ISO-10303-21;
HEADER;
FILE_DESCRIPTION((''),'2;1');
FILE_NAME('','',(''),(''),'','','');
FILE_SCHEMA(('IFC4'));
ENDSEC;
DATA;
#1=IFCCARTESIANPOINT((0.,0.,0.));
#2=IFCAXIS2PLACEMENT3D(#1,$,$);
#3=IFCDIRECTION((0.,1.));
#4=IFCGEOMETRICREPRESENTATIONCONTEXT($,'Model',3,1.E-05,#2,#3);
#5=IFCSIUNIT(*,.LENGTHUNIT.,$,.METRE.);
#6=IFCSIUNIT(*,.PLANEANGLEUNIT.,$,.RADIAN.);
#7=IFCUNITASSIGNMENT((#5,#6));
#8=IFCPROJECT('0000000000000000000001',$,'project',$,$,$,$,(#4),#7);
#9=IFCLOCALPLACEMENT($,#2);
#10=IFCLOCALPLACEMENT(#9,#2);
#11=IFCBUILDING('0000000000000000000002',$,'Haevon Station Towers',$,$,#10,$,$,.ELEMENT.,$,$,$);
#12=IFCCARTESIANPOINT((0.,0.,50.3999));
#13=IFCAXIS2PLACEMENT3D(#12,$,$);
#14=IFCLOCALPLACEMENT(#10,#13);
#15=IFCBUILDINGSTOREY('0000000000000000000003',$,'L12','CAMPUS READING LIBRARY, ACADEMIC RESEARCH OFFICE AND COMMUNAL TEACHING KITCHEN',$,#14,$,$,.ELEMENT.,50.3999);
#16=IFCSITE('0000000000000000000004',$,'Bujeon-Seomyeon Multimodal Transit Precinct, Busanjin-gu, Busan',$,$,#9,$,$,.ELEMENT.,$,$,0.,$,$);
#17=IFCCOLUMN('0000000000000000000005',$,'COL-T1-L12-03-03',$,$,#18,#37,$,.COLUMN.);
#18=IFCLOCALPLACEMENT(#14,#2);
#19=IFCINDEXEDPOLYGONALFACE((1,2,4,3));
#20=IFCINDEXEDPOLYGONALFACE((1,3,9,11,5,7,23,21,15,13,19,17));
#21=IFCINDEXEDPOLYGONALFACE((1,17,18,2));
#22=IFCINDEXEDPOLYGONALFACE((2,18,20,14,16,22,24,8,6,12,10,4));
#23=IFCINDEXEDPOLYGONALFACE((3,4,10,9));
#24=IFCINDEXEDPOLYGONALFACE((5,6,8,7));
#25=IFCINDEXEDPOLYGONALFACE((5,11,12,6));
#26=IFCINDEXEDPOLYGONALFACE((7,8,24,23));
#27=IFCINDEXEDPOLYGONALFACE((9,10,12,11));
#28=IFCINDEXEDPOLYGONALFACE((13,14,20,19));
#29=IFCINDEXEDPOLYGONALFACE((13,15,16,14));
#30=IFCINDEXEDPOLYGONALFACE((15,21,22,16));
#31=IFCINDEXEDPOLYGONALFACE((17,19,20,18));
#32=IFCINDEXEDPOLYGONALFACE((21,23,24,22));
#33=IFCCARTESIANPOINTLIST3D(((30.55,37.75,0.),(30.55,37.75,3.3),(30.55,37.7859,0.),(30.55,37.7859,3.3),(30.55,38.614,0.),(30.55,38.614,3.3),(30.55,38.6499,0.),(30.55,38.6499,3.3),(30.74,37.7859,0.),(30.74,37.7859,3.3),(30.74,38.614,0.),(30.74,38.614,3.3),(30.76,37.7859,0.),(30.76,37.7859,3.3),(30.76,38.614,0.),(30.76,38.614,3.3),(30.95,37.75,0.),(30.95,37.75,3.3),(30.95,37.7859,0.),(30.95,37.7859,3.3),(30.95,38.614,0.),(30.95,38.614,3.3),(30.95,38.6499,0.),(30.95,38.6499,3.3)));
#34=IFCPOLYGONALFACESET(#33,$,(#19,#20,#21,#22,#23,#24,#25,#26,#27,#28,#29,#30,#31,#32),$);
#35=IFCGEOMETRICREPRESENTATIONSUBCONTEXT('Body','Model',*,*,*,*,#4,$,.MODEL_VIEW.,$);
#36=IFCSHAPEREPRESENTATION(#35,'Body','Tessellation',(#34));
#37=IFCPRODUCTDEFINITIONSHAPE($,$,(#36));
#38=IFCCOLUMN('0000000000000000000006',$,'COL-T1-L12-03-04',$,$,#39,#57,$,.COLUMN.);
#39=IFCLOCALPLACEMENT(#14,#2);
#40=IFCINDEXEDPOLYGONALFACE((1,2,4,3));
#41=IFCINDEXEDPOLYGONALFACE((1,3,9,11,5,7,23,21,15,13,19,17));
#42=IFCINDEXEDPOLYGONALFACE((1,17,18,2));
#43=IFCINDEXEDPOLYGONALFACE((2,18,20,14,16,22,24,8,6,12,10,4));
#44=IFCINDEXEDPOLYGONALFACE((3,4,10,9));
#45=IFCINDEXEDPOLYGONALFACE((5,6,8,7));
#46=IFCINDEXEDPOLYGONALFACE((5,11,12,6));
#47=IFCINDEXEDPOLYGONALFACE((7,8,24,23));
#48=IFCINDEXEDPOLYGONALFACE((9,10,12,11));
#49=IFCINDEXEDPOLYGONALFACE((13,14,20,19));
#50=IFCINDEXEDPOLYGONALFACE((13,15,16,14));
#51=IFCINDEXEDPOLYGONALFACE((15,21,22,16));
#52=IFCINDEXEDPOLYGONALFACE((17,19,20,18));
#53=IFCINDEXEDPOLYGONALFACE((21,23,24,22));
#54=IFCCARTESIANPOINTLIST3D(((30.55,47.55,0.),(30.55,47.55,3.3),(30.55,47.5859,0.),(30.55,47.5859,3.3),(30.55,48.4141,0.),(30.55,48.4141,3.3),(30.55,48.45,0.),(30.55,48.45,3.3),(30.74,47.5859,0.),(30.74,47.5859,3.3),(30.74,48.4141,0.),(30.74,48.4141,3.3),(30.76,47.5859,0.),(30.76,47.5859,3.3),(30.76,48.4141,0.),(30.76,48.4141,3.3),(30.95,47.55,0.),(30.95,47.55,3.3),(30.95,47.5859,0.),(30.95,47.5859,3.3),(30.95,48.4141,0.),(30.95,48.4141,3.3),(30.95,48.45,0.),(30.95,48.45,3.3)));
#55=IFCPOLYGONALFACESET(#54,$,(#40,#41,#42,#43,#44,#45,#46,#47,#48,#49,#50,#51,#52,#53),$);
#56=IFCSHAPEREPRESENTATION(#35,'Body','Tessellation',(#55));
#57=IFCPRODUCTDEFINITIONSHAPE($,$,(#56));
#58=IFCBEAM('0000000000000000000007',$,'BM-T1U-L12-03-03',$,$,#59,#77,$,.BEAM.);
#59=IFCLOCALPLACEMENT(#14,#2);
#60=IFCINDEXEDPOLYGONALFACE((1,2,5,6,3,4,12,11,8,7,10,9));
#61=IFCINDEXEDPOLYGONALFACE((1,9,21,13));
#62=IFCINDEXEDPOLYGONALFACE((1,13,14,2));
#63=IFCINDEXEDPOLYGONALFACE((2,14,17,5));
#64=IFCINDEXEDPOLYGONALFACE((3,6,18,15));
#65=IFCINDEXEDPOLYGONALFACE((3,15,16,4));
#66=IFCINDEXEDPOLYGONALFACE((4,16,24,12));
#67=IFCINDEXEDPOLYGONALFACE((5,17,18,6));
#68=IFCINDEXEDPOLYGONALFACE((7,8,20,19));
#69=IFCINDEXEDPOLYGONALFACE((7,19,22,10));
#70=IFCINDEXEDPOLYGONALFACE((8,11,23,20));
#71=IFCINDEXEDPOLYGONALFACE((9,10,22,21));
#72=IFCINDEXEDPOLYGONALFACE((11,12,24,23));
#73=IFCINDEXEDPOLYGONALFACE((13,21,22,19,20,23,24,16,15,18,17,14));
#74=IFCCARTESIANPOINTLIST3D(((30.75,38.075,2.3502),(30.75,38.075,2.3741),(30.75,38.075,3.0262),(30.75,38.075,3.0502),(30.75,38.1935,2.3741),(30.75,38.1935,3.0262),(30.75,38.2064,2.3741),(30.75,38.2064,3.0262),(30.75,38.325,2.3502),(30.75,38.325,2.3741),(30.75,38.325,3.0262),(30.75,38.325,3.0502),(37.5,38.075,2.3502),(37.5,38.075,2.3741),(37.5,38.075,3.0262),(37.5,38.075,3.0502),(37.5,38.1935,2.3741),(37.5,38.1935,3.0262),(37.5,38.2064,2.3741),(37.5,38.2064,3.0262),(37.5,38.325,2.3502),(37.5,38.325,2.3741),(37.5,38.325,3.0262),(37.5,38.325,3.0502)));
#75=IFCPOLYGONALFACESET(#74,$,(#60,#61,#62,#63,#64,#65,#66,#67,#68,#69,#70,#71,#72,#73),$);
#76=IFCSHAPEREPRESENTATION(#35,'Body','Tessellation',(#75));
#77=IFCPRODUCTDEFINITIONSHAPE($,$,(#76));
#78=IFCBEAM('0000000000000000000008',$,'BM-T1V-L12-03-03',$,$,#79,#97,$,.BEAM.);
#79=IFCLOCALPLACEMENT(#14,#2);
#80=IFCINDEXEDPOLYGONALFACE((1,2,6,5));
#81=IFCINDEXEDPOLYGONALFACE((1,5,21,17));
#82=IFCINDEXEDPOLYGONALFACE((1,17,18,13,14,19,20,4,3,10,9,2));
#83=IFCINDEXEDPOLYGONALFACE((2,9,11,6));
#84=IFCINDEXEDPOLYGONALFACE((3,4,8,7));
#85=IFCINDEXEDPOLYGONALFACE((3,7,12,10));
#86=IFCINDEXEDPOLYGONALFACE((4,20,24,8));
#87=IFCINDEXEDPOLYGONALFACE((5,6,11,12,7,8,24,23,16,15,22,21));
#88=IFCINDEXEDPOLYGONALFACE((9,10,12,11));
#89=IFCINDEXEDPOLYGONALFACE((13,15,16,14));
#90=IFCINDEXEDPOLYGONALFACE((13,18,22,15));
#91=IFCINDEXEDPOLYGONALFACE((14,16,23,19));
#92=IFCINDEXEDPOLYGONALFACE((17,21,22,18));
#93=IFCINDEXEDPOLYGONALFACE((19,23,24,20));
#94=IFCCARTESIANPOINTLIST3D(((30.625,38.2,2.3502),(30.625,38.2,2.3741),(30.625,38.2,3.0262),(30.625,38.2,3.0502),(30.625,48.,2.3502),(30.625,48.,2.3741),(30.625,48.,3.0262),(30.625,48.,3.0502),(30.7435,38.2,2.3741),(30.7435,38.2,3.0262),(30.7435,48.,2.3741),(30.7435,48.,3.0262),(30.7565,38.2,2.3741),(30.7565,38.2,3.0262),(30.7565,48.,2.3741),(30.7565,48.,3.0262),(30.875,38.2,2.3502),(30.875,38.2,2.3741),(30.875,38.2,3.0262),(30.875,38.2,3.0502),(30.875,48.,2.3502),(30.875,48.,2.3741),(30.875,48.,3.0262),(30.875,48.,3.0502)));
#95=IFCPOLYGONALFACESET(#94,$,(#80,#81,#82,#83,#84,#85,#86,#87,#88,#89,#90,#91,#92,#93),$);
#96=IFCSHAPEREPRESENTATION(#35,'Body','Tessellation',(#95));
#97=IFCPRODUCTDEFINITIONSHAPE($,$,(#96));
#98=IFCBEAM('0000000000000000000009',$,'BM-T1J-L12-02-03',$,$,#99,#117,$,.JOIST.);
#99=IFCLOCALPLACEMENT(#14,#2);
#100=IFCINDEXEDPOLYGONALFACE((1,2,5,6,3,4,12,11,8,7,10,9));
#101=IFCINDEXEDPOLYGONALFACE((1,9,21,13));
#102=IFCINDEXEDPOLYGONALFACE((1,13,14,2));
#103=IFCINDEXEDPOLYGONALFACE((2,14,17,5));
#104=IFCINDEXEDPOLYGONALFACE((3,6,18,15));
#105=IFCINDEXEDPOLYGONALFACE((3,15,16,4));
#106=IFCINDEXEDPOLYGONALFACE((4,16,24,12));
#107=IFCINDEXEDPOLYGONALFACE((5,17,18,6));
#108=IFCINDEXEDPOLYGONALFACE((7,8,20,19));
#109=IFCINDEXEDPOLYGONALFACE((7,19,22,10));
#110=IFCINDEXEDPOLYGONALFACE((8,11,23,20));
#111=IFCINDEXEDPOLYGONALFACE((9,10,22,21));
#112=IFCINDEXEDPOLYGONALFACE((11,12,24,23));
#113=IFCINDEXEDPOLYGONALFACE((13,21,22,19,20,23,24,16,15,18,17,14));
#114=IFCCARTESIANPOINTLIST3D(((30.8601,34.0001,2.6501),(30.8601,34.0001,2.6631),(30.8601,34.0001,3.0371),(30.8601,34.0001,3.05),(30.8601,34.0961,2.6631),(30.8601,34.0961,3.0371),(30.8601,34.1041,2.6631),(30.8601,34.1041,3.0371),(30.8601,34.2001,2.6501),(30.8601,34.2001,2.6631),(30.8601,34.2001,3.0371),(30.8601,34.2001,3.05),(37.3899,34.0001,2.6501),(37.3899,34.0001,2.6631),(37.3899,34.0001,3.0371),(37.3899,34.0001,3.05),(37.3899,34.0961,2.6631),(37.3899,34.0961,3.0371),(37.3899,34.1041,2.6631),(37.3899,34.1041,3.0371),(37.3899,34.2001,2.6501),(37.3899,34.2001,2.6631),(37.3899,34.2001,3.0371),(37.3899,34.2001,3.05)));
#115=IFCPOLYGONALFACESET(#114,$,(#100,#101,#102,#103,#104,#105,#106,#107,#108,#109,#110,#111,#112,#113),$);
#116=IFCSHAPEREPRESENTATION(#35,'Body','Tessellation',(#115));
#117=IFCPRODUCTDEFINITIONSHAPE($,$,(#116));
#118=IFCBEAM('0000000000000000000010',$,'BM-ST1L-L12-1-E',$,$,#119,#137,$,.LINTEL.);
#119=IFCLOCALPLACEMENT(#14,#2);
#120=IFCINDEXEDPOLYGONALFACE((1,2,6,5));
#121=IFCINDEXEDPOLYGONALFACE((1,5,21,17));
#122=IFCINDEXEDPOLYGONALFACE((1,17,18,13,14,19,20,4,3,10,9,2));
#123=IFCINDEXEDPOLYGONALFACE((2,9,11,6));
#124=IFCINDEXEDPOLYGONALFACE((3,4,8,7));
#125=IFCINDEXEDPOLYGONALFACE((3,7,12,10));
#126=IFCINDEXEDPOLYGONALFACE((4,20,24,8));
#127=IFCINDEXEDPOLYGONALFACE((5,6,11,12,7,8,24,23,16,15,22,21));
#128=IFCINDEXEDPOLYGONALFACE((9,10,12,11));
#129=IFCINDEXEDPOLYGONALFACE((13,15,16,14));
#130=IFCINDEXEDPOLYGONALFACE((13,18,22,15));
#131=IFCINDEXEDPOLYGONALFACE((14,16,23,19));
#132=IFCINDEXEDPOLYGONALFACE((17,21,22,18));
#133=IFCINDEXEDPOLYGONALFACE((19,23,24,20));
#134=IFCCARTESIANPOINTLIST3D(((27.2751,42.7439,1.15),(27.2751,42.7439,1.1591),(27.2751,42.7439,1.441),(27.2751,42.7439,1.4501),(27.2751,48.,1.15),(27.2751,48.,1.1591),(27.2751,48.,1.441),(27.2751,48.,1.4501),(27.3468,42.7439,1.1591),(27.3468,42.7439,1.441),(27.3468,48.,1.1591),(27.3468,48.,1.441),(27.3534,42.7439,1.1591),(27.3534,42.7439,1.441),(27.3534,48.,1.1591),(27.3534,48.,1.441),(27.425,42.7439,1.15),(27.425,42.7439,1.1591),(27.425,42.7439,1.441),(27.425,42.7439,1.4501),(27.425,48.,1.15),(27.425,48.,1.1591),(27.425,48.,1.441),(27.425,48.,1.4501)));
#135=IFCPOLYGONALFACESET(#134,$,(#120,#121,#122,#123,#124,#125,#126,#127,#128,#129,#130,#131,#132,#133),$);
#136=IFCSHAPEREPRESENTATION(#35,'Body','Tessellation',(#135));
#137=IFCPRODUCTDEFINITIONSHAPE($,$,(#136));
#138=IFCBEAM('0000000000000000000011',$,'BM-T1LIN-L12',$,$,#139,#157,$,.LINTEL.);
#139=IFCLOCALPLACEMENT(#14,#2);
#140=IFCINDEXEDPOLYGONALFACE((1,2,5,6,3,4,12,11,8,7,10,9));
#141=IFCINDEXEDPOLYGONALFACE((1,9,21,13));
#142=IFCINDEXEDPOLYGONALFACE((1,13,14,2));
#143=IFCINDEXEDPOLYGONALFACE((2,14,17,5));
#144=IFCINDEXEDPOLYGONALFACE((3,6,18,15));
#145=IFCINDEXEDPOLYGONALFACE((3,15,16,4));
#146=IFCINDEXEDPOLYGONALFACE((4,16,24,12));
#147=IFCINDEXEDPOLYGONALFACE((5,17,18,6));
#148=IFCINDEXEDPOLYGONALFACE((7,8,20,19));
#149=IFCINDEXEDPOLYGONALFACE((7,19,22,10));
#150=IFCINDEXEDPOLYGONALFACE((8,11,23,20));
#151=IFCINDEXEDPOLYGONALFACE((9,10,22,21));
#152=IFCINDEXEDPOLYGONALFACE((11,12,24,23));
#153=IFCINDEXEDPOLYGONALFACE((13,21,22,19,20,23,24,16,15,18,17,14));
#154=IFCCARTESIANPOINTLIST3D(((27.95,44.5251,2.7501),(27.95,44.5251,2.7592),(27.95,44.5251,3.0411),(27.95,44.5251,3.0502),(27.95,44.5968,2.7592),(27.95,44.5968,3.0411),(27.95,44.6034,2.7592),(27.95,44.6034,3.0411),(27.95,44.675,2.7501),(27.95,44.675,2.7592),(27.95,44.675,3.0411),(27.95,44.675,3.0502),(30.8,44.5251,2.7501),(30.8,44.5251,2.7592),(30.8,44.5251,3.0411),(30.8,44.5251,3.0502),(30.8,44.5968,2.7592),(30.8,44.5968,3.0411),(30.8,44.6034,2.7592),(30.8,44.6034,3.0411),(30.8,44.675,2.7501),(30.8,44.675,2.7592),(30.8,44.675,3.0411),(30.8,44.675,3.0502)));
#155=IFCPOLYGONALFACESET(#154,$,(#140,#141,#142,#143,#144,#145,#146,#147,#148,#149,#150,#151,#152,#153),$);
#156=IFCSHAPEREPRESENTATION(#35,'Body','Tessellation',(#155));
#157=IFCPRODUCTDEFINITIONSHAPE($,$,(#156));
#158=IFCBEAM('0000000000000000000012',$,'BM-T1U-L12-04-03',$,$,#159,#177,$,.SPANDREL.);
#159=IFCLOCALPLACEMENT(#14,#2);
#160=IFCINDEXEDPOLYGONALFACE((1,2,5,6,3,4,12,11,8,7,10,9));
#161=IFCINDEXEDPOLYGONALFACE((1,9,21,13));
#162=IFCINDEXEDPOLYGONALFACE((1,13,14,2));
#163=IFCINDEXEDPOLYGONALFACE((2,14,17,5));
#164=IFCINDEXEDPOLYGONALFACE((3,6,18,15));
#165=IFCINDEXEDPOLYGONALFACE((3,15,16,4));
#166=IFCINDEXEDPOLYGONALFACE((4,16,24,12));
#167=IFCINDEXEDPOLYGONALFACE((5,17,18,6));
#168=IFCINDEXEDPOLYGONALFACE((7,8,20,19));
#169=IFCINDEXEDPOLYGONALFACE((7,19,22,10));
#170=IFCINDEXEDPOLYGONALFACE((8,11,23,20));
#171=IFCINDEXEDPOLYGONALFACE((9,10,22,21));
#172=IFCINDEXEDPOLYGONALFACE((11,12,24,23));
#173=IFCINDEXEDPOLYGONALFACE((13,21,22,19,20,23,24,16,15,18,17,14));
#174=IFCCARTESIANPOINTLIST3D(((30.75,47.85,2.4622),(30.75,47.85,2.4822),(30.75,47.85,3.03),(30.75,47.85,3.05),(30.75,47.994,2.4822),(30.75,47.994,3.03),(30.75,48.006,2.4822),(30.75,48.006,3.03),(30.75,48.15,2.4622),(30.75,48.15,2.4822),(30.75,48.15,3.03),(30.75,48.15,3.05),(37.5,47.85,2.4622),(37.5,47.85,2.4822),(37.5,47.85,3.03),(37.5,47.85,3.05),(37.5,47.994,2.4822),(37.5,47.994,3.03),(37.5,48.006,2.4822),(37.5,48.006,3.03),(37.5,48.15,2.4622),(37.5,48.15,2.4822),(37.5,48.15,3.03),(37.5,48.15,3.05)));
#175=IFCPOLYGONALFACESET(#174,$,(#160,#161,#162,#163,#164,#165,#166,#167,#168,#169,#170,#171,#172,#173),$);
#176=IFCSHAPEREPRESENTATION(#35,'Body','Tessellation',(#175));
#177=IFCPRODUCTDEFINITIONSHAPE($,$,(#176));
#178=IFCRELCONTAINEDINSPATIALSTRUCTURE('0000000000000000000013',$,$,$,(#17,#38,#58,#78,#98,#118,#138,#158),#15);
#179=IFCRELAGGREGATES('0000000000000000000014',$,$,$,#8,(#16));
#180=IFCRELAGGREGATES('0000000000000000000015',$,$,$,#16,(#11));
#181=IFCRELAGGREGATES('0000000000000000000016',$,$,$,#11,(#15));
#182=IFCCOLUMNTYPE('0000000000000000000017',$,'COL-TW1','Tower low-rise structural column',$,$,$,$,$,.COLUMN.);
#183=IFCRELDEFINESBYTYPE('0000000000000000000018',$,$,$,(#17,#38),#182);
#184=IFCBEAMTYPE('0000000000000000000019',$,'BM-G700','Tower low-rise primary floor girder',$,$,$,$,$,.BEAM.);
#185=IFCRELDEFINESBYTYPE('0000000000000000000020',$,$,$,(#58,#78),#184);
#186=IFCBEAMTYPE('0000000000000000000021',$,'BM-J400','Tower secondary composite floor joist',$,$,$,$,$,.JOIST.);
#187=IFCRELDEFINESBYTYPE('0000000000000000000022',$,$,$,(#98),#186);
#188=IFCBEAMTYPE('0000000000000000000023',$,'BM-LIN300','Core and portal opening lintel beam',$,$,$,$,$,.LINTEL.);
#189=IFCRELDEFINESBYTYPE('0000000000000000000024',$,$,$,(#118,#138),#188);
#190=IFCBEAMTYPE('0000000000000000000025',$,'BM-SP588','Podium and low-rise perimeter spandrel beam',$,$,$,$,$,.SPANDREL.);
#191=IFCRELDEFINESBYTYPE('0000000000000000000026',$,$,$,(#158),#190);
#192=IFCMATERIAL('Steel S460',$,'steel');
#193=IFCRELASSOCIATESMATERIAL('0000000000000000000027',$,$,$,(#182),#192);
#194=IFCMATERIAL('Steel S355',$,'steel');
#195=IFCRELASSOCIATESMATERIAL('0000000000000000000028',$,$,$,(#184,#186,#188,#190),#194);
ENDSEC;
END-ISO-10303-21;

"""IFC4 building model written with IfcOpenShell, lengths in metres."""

from ifc_helpers import new_model, si_unit, direction, frame, origin, origin_2d, place, context, subcontext, project, spatial, i_section, extrude, material, material_profile, profile_set, type_object, element, save


model = new_model("IFC4")

# Units and contexts
model_context = context("Model", 3, precision=1e-05, world=origin(), true_north=direction((0.0, 1.0)))
body_context = subcontext(model_context, "Body", "Model", "MODEL_VIEW")
ifc_project = project(units=[si_unit("LENGTHUNIT", "METRE"), si_unit("PLANEANGLEUNIT", "RADIAN")], contexts=[model_context])

# Site, building, storey
site_placement = place(None, origin())
site = spatial("IfcSite", under=ifc_project, at=site_placement, Name="Bujeon-Seomyeon Multimodal Transit Precinct, Busanjin-gu, Busan", CompositionType="ELEMENT", RefElevation=0.0)
building_placement = place(site_placement, origin())
building = spatial("IfcBuilding", under=site, at=building_placement, Name="Haevon Station Towers", CompositionType="ELEMENT")
storey_placement = place(building_placement, frame((0.0, 0.0, 50.3999)))
storey = spatial("IfcBuildingStorey", under=building, at=storey_placement, Name="L12", Description="CAMPUS READING LIBRARY, ACADEMIC RESEARCH OFFICE AND COMMUNAL TEACHING KITCHEN", CompositionType="ELEMENT", Elevation=50.3999)

# Columns
ifc_material_1 = material(Name="Steel S460", Category="steel")
ifc_material_profile_1 = material_profile(ifc_material_1, i_section(OverallWidth=0.3999, OverallDepth=0.8999, WebThickness=0.02, FlangeThickness=0.0359, at=origin_2d()), Name="H-900x400x20x36")
ifc_profile_set_1 = profile_set([ifc_material_profile_1], Name="Steel S460")
column_type = type_object("IfcColumnType", Name="COL-TW1", Description="Tower low-rise structural column", PredefinedType="COLUMN", material=ifc_profile_set_1)
for number, where, z_axis, x_axis, name in (
    (1, (30.75, 38.2, 0.0), (0.0, 0.0, 1.0), (1.0, 0.0, 0.0), "COL-T1-L12-03-03"),
    (2, (30.75, 48.0, 0.0), (0.0, 0.0, 1.0), (1.0, 0.0, 0.0), "COL-T1-L12-03-04"),
):
    element("IfcColumn", number, at=place(storey_placement, frame(where, z_axis=z_axis, x_axis=x_axis)), inside=storey, type_object=column_type, Name=name, PredefinedType="COLUMN", context=body_context, shape_type="SweptSolid", body=[
        extrude(i_section(OverallWidth=0.3999, OverallDepth=0.8999, WebThickness=0.02, FlangeThickness=0.0359, at=origin_2d()), origin(), (0.0, 0.0, 1.0), 3.3),
    ])

# Beams
ifc_material_2 = material(Name="Steel S355", Category="steel")
ifc_material_profile_2 = material_profile(ifc_material_2, i_section(OverallWidth=0.25, OverallDepth=0.7, WebThickness=0.0129, FlangeThickness=0.0239, at=origin_2d()), Name="H-700x250x13x24")
ifc_profile_set_2 = profile_set([ifc_material_profile_2], Name="Steel S355")
beam_type_1 = type_object("IfcBeamType", Name="BM-G700", Description="Tower low-rise primary floor girder", PredefinedType="BEAM", material=ifc_profile_set_2)
beam_1_placement = place(storey_placement, frame((30.75, 38.2, 2.7002), z_axis=(1.0, 0.0, 0.0), x_axis=(0.0, 1.0, 0.0)))
element("IfcBeam", 3, at=beam_1_placement, inside=storey, type_object=beam_type_1, Name="BM-T1U-L12-03-03", PredefinedType="BEAM", context=body_context, shape_type="SweptSolid", body=[
    extrude(i_section(OverallWidth=0.25, OverallDepth=0.7, WebThickness=0.0129, FlangeThickness=0.0239, at=origin_2d()), origin(), (0.0, 0.0, 1.0), 6.75),
])
beam_2_placement = place(storey_placement, frame((30.75, 38.2, 2.7002), z_axis=(0.0, 1.0, 0.0), x_axis=(-1.0, 0.0, 0.0)))
element("IfcBeam", 4, at=beam_2_placement, inside=storey, type_object=beam_type_1, Name="BM-T1V-L12-03-03", PredefinedType="BEAM", context=body_context, shape_type="SweptSolid", body=[
    extrude(i_section(OverallWidth=0.25, OverallDepth=0.7, WebThickness=0.0129, FlangeThickness=0.0239, at=origin_2d()), origin(), (0.0, 0.0, 1.0), 9.8),
])
ifc_material_profile_3 = material_profile(ifc_material_2, i_section(OverallWidth=0.2, OverallDepth=0.3999, WebThickness=0.0081, FlangeThickness=0.0129, at=origin_2d()), Name="H-400x200x8x13")
ifc_profile_set_3 = profile_set([ifc_material_profile_3], Name="Steel S355")
beam_type_2 = type_object("IfcBeamType", Name="BM-J400", Description="Tower secondary composite floor joist", PredefinedType="JOIST", material=ifc_profile_set_3)
beam_3_placement = place(storey_placement, frame((30.8601, 34.1001, 2.8501), z_axis=(1.0, 0.0, 0.0), x_axis=(0.0, 1.0, 0.0)))
element("IfcBeam", 5, at=beam_3_placement, inside=storey, type_object=beam_type_2, Name="BM-T1J-L12-02-03", PredefinedType="JOIST", context=body_context, shape_type="SweptSolid", body=[
    extrude(i_section(OverallWidth=0.2, OverallDepth=0.3999, WebThickness=0.0081, FlangeThickness=0.0129, at=origin_2d()), origin(), (0.0, 0.0, 1.0), 6.5298),
])
ifc_material_profile_4 = material_profile(ifc_material_2, i_section(OverallWidth=0.1499, OverallDepth=0.3, WebThickness=0.0066, FlangeThickness=0.009, at=origin_2d()), Name="H-300x150x6.5x9")
ifc_profile_set_4 = profile_set([ifc_material_profile_4], Name="Steel S355")
beam_type_3 = type_object("IfcBeamType", Name="BM-LIN300", Description="Core and portal opening lintel beam", PredefinedType="LINTEL", material=ifc_profile_set_4)
beam_4_placement = place(storey_placement, frame((27.3501, 42.7439, 1.3), z_axis=(0.0, 1.0, 0.0), x_axis=(-1.0, 0.0, 0.0)))
element("IfcBeam", 6, at=beam_4_placement, inside=storey, type_object=beam_type_3, Name="BM-ST1L-L12-1-E", PredefinedType="LINTEL", context=body_context, shape_type="SweptSolid", body=[
    extrude(i_section(OverallWidth=0.1499, OverallDepth=0.3, WebThickness=0.0066, FlangeThickness=0.009, at=origin_2d()), origin(), (0.0, 0.0, 1.0), 5.2561),
])
beam_5_placement = place(storey_placement, frame((27.95, 44.6001, 2.9001), z_axis=(1.0, 0.0, 0.0), x_axis=(0.0, 1.0, 0.0)))
element("IfcBeam", 7, at=beam_5_placement, inside=storey, type_object=beam_type_3, Name="BM-T1LIN-L12", PredefinedType="LINTEL", context=body_context, shape_type="SweptSolid", body=[
    extrude(i_section(OverallWidth=0.1499, OverallDepth=0.3, WebThickness=0.0066, FlangeThickness=0.009, at=origin_2d()), origin(), (0.0, 0.0, 1.0), 2.8501),
])
ifc_material_profile_5 = material_profile(ifc_material_2, i_section(OverallWidth=0.3, OverallDepth=0.5879, WebThickness=0.012, FlangeThickness=0.02, at=origin_2d()), Name="H-588x300x12x20")
ifc_profile_set_5 = profile_set([ifc_material_profile_5], Name="Steel S355")
beam_type_4 = type_object("IfcBeamType", Name="BM-SP588", Description="Podium and low-rise perimeter spandrel beam", PredefinedType="SPANDREL", material=ifc_profile_set_5)
beam_6_placement = place(storey_placement, frame((30.75, 48.0, 2.7561), z_axis=(1.0, 0.0, 0.0), x_axis=(0.0, 1.0, 0.0)))
element("IfcBeam", 8, at=beam_6_placement, inside=storey, type_object=beam_type_4, Name="BM-T1U-L12-04-03", PredefinedType="SPANDREL", context=body_context, shape_type="SweptSolid", body=[
    extrude(i_section(OverallWidth=0.3, OverallDepth=0.5879, WebThickness=0.012, FlangeThickness=0.02, at=origin_2d()), origin(), (0.0, 0.0, 1.0), 6.75),
])

save(model, "model.ifc")
